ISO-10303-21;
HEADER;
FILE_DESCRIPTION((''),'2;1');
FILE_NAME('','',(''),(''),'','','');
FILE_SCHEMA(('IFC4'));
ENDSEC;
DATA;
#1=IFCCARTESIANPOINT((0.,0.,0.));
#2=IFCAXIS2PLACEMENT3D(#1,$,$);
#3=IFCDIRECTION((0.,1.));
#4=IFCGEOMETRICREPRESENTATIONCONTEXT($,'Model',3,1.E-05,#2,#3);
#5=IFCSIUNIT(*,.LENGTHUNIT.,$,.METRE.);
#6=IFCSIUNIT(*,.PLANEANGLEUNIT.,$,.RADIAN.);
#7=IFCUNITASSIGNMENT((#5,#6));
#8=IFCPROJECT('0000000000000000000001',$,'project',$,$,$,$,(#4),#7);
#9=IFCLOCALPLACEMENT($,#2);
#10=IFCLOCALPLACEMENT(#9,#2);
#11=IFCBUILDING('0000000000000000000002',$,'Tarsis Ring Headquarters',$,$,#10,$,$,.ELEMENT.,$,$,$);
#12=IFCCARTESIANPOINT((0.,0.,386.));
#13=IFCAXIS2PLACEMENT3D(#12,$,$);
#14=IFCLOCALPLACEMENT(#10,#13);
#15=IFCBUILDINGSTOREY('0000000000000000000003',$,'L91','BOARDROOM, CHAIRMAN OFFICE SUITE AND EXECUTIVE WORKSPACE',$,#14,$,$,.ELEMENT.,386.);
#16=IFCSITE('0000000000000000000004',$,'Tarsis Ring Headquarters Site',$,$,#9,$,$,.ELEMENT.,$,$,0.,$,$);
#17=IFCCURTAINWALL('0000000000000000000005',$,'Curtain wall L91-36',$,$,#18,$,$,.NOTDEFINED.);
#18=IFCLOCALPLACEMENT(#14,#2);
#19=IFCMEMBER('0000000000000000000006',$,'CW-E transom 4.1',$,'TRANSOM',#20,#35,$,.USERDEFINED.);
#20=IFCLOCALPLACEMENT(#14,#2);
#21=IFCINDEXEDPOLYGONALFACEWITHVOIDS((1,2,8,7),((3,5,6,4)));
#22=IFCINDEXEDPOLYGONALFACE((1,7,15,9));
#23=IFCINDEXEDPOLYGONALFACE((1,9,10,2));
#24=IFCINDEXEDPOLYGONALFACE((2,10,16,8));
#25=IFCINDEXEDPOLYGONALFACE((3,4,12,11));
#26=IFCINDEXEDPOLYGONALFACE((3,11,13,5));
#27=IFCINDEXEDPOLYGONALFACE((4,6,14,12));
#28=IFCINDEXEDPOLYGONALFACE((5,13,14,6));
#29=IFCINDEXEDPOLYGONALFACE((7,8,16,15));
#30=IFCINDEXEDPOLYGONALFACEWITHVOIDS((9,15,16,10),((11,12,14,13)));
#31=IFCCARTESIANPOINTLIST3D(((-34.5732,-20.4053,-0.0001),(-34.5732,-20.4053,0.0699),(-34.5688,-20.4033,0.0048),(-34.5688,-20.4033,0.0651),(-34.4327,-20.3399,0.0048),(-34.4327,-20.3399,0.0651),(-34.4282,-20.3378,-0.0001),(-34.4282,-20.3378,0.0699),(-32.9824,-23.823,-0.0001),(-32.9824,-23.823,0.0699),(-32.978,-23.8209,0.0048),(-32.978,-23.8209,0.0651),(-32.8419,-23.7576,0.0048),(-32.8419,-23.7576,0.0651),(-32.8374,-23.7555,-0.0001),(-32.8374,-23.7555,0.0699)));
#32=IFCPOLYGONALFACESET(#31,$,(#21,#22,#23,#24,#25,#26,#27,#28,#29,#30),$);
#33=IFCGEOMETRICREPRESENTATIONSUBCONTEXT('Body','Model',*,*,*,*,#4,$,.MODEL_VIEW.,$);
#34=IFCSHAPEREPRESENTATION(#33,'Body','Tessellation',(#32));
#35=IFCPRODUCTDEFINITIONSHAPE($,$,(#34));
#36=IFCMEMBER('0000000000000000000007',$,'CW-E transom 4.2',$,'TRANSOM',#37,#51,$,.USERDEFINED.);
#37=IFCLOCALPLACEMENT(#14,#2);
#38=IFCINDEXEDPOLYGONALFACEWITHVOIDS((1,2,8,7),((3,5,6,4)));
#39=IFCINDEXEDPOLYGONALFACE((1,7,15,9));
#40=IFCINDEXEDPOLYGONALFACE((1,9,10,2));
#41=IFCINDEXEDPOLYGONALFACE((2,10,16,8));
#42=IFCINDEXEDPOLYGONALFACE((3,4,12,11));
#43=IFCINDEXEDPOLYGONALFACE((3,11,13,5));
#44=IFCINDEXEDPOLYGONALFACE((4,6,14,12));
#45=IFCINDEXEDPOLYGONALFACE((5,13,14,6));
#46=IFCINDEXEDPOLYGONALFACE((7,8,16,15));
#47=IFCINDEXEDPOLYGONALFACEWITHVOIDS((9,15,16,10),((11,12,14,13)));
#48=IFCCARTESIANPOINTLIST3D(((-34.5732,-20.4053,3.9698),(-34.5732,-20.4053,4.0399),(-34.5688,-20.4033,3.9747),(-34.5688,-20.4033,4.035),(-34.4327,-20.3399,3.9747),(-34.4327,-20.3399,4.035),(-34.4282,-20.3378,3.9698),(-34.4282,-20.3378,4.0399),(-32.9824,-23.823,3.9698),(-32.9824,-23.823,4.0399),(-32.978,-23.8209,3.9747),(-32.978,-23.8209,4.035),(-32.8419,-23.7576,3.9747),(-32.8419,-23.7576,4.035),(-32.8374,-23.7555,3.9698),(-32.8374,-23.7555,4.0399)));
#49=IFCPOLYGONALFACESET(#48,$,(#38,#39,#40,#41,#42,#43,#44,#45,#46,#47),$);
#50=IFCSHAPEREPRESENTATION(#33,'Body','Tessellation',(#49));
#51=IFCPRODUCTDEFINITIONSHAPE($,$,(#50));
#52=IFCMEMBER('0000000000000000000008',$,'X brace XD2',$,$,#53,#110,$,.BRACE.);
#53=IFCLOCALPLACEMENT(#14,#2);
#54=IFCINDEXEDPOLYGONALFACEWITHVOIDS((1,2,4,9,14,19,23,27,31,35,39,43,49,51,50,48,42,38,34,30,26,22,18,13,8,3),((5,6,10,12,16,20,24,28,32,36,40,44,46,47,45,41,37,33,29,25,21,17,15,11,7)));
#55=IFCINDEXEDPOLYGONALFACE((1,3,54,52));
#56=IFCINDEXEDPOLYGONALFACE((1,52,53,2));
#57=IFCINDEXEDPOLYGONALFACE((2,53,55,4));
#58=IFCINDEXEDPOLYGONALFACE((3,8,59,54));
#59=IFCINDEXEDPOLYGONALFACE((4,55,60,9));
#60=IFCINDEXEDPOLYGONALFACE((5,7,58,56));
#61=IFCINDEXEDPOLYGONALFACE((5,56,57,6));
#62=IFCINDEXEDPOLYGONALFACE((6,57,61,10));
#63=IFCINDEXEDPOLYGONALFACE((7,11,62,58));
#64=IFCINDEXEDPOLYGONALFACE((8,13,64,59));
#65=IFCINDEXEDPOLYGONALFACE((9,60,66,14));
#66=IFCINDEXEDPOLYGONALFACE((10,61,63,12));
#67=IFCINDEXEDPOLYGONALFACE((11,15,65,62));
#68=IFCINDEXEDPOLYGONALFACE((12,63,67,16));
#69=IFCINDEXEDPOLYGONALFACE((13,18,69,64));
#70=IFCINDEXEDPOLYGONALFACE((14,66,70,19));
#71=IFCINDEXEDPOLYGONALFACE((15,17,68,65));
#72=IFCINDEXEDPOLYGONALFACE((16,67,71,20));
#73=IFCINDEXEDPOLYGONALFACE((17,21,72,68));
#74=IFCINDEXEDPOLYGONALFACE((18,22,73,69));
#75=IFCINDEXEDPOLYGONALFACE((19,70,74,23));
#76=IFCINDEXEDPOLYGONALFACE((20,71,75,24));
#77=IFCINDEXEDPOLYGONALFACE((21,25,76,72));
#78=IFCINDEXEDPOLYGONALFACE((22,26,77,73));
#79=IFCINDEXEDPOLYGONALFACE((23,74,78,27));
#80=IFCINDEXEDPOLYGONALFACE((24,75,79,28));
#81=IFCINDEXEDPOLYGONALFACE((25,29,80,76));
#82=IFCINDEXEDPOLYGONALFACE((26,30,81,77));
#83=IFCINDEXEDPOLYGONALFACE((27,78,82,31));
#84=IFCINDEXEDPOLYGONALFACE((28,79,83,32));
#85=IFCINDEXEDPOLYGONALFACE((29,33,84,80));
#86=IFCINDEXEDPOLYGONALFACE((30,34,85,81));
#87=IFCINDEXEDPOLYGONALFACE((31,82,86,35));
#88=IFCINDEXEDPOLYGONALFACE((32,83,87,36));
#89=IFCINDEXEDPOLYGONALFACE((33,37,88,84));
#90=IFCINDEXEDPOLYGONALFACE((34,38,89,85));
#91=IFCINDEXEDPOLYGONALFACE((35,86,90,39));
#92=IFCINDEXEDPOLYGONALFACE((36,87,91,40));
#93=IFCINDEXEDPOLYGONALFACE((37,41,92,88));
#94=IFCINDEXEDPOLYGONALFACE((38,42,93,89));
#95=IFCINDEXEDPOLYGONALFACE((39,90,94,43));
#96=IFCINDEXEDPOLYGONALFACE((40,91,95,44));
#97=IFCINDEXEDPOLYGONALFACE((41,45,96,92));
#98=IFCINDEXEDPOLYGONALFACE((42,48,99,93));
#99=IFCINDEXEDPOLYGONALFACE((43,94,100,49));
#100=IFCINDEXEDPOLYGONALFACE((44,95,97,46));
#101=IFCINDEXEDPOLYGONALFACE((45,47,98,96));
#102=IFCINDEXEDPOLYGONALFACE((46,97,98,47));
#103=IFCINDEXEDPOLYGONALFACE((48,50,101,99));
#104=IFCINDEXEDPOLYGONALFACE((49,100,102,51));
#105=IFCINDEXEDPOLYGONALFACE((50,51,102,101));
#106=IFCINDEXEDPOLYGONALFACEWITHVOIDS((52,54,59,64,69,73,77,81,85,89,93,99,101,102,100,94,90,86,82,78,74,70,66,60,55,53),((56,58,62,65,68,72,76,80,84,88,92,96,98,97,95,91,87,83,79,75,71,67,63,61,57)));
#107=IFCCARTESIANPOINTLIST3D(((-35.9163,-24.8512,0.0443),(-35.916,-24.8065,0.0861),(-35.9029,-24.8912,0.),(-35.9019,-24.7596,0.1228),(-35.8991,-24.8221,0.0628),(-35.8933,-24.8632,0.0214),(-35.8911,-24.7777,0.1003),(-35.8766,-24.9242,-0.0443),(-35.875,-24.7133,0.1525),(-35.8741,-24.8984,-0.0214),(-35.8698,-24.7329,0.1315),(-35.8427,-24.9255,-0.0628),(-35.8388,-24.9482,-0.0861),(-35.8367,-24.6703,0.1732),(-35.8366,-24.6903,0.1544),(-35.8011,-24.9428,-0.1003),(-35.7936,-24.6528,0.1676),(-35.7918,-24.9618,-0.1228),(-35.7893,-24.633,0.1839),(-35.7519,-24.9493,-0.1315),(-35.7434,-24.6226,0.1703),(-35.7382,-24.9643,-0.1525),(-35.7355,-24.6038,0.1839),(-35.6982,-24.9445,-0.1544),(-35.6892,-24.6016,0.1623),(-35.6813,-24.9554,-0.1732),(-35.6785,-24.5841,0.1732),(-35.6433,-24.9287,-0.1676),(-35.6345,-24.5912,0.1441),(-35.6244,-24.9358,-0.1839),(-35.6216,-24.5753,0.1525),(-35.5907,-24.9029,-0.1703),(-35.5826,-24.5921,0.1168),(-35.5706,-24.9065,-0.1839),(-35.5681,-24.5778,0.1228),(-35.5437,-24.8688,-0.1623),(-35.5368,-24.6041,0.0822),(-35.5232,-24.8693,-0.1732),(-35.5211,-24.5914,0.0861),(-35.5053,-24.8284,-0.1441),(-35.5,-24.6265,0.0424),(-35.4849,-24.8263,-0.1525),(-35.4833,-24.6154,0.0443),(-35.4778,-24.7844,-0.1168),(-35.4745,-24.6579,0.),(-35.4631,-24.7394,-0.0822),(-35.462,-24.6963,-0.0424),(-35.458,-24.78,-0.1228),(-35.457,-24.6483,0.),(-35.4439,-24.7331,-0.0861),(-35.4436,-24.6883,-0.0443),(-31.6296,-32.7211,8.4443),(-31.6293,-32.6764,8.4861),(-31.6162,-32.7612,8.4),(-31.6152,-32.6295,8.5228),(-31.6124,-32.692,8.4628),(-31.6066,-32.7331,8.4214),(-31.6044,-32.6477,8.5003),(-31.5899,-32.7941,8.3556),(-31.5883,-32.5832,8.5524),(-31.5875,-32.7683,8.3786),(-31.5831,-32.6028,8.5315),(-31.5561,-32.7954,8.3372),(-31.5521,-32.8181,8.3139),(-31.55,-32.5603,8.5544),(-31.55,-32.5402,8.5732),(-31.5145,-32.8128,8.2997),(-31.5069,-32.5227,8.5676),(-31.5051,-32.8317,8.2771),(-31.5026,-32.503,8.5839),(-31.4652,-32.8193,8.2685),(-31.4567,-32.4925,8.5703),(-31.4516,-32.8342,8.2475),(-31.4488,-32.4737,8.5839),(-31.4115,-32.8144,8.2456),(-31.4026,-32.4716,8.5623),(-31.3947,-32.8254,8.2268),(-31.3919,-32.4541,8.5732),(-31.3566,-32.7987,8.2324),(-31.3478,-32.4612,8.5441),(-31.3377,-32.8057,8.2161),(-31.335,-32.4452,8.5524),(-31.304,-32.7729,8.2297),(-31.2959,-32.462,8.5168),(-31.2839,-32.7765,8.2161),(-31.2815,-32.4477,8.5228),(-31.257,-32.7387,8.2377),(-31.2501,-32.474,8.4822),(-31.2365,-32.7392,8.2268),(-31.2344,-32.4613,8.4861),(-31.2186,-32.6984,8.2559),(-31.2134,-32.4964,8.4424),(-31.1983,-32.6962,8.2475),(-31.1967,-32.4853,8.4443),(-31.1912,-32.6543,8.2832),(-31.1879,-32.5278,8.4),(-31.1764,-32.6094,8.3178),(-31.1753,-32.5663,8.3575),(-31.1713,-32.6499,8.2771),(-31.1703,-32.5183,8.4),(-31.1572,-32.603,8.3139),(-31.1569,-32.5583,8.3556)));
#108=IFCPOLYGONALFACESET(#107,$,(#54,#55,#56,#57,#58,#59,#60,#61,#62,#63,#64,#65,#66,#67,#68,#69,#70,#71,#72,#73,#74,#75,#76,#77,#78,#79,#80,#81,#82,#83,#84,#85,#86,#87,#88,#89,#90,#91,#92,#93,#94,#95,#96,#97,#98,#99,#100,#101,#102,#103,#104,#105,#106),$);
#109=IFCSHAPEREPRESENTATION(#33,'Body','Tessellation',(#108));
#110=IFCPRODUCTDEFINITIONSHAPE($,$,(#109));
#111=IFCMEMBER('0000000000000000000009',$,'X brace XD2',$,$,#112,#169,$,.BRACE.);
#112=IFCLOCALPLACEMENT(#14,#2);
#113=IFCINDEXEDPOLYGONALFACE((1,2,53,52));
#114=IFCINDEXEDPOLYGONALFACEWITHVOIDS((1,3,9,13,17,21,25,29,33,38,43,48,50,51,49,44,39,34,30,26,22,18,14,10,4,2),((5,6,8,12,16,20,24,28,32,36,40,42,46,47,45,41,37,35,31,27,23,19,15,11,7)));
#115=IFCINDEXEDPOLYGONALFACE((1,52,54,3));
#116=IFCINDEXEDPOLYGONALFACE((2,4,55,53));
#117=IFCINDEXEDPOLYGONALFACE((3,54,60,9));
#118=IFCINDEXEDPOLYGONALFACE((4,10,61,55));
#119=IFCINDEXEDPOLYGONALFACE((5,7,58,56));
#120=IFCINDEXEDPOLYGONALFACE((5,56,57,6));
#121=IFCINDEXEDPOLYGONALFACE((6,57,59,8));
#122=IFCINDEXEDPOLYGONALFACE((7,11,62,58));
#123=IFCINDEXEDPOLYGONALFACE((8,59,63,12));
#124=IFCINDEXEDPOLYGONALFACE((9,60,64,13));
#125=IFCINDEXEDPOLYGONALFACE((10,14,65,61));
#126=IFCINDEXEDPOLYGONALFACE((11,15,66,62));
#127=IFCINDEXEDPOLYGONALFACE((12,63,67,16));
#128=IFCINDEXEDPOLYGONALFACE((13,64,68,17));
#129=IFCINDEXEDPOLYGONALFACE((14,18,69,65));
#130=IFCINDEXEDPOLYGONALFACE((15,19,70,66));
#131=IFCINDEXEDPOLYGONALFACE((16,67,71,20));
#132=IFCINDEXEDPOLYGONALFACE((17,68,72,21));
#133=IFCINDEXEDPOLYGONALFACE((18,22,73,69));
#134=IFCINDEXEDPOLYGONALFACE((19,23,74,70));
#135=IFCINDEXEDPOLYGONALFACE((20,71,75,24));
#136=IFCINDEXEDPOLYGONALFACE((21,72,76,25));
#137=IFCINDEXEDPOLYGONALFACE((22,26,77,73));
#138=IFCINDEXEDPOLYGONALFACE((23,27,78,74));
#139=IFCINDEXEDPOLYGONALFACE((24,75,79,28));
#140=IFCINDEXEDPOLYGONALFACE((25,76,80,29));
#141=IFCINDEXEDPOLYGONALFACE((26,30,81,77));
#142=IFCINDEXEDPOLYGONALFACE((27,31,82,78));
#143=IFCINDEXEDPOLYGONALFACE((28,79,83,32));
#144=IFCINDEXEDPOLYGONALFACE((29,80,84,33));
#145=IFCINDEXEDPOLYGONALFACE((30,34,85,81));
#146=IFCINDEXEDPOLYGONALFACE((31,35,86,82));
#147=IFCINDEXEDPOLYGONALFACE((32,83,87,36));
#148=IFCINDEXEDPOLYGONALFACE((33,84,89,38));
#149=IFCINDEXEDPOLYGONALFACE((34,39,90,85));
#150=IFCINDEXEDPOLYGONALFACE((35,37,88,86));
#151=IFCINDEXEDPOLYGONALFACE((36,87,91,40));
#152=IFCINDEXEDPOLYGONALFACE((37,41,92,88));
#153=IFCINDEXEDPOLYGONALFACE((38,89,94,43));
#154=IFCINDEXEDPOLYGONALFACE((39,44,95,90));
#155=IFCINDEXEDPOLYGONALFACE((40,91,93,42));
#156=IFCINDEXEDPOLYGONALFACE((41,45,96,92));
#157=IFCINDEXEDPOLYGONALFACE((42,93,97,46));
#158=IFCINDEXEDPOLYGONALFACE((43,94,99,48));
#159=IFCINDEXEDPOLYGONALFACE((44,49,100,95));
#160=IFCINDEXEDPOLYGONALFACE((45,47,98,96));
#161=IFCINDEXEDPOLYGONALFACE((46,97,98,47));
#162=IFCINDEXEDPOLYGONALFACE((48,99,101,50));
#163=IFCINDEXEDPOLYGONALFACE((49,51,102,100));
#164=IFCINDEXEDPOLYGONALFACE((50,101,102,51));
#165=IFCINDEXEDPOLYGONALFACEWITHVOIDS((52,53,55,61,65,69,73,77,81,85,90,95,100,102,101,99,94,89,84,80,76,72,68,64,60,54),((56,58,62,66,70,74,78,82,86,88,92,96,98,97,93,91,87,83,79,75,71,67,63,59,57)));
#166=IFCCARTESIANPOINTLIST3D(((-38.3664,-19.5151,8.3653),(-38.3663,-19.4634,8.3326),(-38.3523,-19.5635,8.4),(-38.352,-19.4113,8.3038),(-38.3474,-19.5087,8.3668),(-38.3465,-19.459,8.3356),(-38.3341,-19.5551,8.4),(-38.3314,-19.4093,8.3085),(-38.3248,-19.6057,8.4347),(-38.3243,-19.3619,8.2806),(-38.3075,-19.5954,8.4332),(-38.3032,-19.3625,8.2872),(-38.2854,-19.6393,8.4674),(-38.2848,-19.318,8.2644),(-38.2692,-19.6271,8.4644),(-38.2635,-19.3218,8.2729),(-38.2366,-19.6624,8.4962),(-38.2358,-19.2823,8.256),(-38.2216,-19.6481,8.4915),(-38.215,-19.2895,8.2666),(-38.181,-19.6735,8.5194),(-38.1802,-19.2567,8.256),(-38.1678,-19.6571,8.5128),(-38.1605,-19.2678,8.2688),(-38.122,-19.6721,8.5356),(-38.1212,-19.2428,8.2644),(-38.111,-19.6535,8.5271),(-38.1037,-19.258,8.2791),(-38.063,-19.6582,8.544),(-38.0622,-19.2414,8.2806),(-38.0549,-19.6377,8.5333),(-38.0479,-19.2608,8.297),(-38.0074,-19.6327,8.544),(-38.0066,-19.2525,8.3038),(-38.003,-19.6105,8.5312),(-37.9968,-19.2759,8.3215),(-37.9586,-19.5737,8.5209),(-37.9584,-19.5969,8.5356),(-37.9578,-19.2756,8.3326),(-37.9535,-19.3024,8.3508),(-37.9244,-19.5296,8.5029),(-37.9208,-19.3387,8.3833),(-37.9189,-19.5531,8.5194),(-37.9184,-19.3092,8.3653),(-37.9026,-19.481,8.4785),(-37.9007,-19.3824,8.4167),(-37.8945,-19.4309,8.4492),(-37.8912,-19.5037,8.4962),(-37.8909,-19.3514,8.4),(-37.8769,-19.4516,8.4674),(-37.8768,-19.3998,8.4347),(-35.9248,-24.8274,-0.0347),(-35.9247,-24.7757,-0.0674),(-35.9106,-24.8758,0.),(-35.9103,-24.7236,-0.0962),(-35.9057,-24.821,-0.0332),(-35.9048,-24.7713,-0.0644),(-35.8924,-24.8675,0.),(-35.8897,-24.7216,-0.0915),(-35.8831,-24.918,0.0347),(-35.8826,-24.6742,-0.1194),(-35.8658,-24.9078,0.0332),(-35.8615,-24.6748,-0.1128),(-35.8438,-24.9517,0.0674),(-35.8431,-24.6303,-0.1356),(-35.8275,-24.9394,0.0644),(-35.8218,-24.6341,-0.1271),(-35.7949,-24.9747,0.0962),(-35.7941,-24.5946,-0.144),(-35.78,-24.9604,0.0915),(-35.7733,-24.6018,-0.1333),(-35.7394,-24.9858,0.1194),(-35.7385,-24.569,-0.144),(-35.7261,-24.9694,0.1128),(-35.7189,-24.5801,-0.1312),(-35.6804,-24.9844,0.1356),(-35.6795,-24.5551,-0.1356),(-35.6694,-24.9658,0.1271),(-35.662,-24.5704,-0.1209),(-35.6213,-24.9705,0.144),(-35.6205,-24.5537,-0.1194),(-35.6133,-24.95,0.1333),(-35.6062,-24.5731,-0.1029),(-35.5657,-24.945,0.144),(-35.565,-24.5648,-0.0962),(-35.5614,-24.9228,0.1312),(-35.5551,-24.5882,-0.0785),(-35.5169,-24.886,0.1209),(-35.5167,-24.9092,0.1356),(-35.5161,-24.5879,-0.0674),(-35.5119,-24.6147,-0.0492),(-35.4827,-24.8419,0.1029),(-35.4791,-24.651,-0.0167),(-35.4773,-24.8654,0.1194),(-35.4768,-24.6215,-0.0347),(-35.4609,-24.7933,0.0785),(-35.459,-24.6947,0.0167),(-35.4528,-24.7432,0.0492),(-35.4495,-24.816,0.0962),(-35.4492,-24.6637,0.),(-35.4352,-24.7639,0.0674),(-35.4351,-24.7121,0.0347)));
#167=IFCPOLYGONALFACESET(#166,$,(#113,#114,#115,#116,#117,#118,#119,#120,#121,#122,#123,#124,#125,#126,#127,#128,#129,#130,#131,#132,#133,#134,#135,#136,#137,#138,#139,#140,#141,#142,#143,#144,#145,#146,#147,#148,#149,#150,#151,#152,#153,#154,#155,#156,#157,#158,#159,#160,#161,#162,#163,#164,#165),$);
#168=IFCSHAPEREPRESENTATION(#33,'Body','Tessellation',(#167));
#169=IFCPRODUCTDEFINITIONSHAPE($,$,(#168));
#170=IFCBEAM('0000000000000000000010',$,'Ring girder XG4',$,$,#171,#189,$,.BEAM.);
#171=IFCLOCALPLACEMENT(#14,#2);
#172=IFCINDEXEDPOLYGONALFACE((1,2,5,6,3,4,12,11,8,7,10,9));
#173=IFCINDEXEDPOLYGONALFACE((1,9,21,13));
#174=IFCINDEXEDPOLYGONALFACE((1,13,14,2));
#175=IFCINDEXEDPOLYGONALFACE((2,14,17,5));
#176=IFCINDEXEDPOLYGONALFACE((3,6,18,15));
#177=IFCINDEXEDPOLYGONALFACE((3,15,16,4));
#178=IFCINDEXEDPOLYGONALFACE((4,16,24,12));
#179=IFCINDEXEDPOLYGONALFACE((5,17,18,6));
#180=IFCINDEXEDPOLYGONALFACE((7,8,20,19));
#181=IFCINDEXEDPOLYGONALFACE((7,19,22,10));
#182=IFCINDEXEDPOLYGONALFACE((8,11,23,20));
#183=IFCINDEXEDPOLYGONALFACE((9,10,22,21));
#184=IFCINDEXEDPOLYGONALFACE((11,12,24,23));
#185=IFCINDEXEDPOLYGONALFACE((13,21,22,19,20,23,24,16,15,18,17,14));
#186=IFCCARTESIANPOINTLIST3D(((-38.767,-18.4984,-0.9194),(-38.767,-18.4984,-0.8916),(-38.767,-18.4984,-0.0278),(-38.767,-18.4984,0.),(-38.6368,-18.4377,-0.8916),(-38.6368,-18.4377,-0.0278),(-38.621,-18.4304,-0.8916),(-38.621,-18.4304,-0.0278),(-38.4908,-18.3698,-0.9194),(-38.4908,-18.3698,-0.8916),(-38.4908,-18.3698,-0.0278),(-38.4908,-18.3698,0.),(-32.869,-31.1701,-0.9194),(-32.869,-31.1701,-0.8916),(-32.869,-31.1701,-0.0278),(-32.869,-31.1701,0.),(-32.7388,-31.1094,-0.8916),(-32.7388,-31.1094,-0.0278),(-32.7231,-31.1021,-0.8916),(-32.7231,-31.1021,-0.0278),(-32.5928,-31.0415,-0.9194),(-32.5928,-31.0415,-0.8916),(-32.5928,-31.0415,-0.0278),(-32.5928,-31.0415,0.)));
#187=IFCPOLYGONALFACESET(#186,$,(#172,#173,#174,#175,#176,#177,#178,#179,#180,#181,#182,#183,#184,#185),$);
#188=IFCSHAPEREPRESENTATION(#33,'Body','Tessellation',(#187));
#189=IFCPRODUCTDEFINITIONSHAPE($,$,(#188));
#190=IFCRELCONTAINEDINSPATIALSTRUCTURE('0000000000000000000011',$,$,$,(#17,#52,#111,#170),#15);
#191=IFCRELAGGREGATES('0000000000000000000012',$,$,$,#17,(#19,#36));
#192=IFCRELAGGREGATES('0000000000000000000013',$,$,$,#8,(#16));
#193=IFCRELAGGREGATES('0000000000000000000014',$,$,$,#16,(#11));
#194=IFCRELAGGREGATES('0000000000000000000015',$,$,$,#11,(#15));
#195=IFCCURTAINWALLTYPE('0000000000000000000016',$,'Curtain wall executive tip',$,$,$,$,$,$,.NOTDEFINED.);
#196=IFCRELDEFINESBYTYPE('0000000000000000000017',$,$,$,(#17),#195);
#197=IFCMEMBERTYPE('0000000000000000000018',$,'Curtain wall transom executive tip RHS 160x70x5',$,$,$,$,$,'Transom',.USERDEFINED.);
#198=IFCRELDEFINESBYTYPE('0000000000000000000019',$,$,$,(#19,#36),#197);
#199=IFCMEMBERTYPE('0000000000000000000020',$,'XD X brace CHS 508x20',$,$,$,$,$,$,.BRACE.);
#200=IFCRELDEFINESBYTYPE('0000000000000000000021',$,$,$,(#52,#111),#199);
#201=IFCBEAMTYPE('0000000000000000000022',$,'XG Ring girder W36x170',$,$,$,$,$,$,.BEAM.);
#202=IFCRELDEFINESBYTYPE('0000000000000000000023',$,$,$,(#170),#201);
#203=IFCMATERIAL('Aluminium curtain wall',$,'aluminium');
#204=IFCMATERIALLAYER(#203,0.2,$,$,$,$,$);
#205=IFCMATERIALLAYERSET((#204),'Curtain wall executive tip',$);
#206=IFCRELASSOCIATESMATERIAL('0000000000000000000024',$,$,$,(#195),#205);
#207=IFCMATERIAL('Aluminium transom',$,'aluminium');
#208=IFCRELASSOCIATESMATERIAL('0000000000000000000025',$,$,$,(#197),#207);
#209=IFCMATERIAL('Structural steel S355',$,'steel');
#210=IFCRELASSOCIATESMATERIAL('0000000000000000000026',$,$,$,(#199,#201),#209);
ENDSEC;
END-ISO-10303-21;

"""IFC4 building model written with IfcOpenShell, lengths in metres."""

from ifc_helpers import new_model, si_unit, direction, frame, origin, origin_2d, place, context, subcontext, project, spatial, hollow_rectangle, hollow_circle, i_section, extrude, material, layer, layer_set, material_profile, profile_set, type_object, element, aggregate, save


model = new_model("IFC4")

# Units and contexts
model_context = context("Model", 3, precision=1e-05, world=origin(), true_north=direction((0.0, 1.0)))
body_context = subcontext(model_context, "Body", "Model", "MODEL_VIEW")
ifc_project = project(units=[si_unit("LENGTHUNIT", "METRE"), si_unit("PLANEANGLEUNIT", "RADIAN")], contexts=[model_context])

# Site, building, storey
site_placement = place(None, origin())
site = spatial("IfcSite", under=ifc_project, at=site_placement, Name="Tarsis Ring Headquarters Site", CompositionType="ELEMENT", RefElevation=0.0)
building_placement = place(site_placement, origin())
building = spatial("IfcBuilding", under=site, at=building_placement, Name="Tarsis Ring Headquarters", CompositionType="ELEMENT")
storey_placement = place(building_placement, frame((0.0, 0.0, 386.0)))
storey = spatial("IfcBuildingStorey", under=building, at=storey_placement, Name="L91", Description="BOARDROOM, CHAIRMAN OFFICE SUITE AND EXECUTIVE WORKSPACE", CompositionType="ELEMENT", Elevation=386.0)

# Shared definitions
ifc_material_1 = material(Name="Structural steel S355", Category="steel")

# Curtain wall, members
ifc_material_2 = material(Name="Aluminium curtain wall", Category="aluminium")
ifc_layer_1 = layer(ifc_material_2, 0.2)
ifc_layer_set_1 = layer_set([ifc_layer_1], Name="Curtain wall executive tip")
curtain_wall_type = type_object("IfcCurtainWallType", Name="Curtain wall executive tip", PredefinedType="NOTDEFINED", material=ifc_layer_set_1)
curtain_wall_placement = place(storey_placement, origin())
curtain_wall = element("IfcCurtainWall", 1, at=curtain_wall_placement, inside=storey, type_object=curtain_wall_type, Name="Curtain wall L91-36", PredefinedType="NOTDEFINED")
ifc_material_3 = material(Name="Aluminium transom", Category="aluminium")
ifc_material_profile_1 = material_profile(ifc_material_3, hollow_rectangle(XDim=0.1599, YDim=0.0701, WallThickness=0.0049, at=origin_2d()), Name="RHS 160x70x5")
ifc_profile_set_1 = profile_set([ifc_material_profile_1], Name="Aluminium transom")
member_type_1 = type_object("IfcMemberType", Name="Curtain wall transom executive tip RHS 160x70x5", ElementType="Transom", PredefinedType="USERDEFINED", material=ifc_profile_set_1)
member_1_placement = place(storey_placement, frame((-34.5007, -20.3716, 0.0349), z_axis=(0.421988, -0.906601, 0.0), x_axis=(0.906601, 0.421988, 0.0)))
member_1 = element("IfcMember", 2, at=member_1_placement, type_object=member_type_1, Name="CW-E transom 4.1", ObjectType="TRANSOM", PredefinedType="USERDEFINED", context=body_context, shape_type="SweptSolid", body=[
    extrude(hollow_rectangle(XDim=0.1599, YDim=0.0701, WallThickness=0.0049, at=origin_2d()), origin(), (0.0, 0.0, 1.0), 3.7698),
])
member_2_placement = place(storey_placement, frame((-34.5007, -20.3716, 4.0049), z_axis=(0.421988, -0.906601, 0.0), x_axis=(0.906601, 0.421988, 0.0)))
member_2 = element("IfcMember", 3, at=member_2_placement, type_object=member_type_1, Name="CW-E transom 4.2", ObjectType="TRANSOM", PredefinedType="USERDEFINED", context=body_context, shape_type="SweptSolid", body=[
    extrude(hollow_rectangle(XDim=0.1599, YDim=0.0701, WallThickness=0.0049, at=origin_2d()), origin(), (0.0, 0.0, 1.0), 3.7698),
])

# Members
ifc_material_profile_2 = material_profile(ifc_material_1, hollow_circle(Radius=0.2539, WallThickness=0.02, at=origin_2d()), Name="CHS 508x20")
ifc_profile_set_2 = profile_set([ifc_material_profile_2], Name="Structural steel S355")
member_type_2 = type_object("IfcMemberType", Name="XD X brace CHS 508x20", PredefinedType="BRACE", material=ifc_profile_set_2)
member_3_placement = place(storey_placement, frame((-35.6799, -24.7698, 0.0), z_axis=(0.348992, -0.64072, 0.683872), x_axis=(0.878179, 0.478333, 0.0)))
element("IfcMember", 4, at=member_3_placement, inside=storey, type_object=member_type_2, Name="X brace XD2", PredefinedType="BRACE", context=body_context, shape_type="SweptSolid", body=[
    extrude(hollow_circle(Radius=0.2539, WallThickness=0.02, at=origin_2d()), origin(), (0.0, 0.0, 1.0), 12.283),
])
member_4_placement = place(storey_placement, frame((-35.6799, -24.7698, 0.0), z_axis=(-0.238576, 0.519066, 0.820763), x_axis=(-0.908619, -0.417625, 0.0)))
element("IfcMember", 5, at=member_4_placement, inside=storey, type_object=member_type_2, Name="X brace XD2", PredefinedType="BRACE", context=body_context, shape_type="SweptSolid", body=[
    extrude(hollow_circle(Radius=0.2539, WallThickness=0.02, at=origin_2d()), origin(), (0.0, 0.0, 1.0), 10.2344),
])

# Beam
ifc_material_profile_3 = material_profile(ifc_material_1, i_section(OverallWidth=0.3047, OverallDepth=0.9194, WebThickness=0.0173, FlangeThickness=0.0278, at=origin_2d()), Name="W36x170")
ifc_profile_set_3 = profile_set([ifc_material_profile_3], Name="Structural steel S355")
beam_type = type_object("IfcBeamType", Name="XG Ring girder W36x170", PredefinedType="BEAM", material=ifc_profile_set_3)
beam_1_placement = place(storey_placement, frame((-38.6289, -18.4341, -0.4597), z_axis=(0.421976, -0.906607, 0.0), x_axis=(0.906607, 0.421976, 0.0)))
element("IfcBeam", 6, at=beam_1_placement, inside=storey, type_object=beam_type, Name="Ring girder XG4", PredefinedType="BEAM", context=body_context, shape_type="SweptSolid", body=[
    extrude(i_section(OverallWidth=0.3047, OverallDepth=0.9194, WebThickness=0.0173, FlangeThickness=0.0278, at=origin_2d()), origin(), (0.0, 0.0, 1.0), 13.9771),
])

aggregate(curtain_wall, [member_1, member_2])

save(model, "model.ifc")
